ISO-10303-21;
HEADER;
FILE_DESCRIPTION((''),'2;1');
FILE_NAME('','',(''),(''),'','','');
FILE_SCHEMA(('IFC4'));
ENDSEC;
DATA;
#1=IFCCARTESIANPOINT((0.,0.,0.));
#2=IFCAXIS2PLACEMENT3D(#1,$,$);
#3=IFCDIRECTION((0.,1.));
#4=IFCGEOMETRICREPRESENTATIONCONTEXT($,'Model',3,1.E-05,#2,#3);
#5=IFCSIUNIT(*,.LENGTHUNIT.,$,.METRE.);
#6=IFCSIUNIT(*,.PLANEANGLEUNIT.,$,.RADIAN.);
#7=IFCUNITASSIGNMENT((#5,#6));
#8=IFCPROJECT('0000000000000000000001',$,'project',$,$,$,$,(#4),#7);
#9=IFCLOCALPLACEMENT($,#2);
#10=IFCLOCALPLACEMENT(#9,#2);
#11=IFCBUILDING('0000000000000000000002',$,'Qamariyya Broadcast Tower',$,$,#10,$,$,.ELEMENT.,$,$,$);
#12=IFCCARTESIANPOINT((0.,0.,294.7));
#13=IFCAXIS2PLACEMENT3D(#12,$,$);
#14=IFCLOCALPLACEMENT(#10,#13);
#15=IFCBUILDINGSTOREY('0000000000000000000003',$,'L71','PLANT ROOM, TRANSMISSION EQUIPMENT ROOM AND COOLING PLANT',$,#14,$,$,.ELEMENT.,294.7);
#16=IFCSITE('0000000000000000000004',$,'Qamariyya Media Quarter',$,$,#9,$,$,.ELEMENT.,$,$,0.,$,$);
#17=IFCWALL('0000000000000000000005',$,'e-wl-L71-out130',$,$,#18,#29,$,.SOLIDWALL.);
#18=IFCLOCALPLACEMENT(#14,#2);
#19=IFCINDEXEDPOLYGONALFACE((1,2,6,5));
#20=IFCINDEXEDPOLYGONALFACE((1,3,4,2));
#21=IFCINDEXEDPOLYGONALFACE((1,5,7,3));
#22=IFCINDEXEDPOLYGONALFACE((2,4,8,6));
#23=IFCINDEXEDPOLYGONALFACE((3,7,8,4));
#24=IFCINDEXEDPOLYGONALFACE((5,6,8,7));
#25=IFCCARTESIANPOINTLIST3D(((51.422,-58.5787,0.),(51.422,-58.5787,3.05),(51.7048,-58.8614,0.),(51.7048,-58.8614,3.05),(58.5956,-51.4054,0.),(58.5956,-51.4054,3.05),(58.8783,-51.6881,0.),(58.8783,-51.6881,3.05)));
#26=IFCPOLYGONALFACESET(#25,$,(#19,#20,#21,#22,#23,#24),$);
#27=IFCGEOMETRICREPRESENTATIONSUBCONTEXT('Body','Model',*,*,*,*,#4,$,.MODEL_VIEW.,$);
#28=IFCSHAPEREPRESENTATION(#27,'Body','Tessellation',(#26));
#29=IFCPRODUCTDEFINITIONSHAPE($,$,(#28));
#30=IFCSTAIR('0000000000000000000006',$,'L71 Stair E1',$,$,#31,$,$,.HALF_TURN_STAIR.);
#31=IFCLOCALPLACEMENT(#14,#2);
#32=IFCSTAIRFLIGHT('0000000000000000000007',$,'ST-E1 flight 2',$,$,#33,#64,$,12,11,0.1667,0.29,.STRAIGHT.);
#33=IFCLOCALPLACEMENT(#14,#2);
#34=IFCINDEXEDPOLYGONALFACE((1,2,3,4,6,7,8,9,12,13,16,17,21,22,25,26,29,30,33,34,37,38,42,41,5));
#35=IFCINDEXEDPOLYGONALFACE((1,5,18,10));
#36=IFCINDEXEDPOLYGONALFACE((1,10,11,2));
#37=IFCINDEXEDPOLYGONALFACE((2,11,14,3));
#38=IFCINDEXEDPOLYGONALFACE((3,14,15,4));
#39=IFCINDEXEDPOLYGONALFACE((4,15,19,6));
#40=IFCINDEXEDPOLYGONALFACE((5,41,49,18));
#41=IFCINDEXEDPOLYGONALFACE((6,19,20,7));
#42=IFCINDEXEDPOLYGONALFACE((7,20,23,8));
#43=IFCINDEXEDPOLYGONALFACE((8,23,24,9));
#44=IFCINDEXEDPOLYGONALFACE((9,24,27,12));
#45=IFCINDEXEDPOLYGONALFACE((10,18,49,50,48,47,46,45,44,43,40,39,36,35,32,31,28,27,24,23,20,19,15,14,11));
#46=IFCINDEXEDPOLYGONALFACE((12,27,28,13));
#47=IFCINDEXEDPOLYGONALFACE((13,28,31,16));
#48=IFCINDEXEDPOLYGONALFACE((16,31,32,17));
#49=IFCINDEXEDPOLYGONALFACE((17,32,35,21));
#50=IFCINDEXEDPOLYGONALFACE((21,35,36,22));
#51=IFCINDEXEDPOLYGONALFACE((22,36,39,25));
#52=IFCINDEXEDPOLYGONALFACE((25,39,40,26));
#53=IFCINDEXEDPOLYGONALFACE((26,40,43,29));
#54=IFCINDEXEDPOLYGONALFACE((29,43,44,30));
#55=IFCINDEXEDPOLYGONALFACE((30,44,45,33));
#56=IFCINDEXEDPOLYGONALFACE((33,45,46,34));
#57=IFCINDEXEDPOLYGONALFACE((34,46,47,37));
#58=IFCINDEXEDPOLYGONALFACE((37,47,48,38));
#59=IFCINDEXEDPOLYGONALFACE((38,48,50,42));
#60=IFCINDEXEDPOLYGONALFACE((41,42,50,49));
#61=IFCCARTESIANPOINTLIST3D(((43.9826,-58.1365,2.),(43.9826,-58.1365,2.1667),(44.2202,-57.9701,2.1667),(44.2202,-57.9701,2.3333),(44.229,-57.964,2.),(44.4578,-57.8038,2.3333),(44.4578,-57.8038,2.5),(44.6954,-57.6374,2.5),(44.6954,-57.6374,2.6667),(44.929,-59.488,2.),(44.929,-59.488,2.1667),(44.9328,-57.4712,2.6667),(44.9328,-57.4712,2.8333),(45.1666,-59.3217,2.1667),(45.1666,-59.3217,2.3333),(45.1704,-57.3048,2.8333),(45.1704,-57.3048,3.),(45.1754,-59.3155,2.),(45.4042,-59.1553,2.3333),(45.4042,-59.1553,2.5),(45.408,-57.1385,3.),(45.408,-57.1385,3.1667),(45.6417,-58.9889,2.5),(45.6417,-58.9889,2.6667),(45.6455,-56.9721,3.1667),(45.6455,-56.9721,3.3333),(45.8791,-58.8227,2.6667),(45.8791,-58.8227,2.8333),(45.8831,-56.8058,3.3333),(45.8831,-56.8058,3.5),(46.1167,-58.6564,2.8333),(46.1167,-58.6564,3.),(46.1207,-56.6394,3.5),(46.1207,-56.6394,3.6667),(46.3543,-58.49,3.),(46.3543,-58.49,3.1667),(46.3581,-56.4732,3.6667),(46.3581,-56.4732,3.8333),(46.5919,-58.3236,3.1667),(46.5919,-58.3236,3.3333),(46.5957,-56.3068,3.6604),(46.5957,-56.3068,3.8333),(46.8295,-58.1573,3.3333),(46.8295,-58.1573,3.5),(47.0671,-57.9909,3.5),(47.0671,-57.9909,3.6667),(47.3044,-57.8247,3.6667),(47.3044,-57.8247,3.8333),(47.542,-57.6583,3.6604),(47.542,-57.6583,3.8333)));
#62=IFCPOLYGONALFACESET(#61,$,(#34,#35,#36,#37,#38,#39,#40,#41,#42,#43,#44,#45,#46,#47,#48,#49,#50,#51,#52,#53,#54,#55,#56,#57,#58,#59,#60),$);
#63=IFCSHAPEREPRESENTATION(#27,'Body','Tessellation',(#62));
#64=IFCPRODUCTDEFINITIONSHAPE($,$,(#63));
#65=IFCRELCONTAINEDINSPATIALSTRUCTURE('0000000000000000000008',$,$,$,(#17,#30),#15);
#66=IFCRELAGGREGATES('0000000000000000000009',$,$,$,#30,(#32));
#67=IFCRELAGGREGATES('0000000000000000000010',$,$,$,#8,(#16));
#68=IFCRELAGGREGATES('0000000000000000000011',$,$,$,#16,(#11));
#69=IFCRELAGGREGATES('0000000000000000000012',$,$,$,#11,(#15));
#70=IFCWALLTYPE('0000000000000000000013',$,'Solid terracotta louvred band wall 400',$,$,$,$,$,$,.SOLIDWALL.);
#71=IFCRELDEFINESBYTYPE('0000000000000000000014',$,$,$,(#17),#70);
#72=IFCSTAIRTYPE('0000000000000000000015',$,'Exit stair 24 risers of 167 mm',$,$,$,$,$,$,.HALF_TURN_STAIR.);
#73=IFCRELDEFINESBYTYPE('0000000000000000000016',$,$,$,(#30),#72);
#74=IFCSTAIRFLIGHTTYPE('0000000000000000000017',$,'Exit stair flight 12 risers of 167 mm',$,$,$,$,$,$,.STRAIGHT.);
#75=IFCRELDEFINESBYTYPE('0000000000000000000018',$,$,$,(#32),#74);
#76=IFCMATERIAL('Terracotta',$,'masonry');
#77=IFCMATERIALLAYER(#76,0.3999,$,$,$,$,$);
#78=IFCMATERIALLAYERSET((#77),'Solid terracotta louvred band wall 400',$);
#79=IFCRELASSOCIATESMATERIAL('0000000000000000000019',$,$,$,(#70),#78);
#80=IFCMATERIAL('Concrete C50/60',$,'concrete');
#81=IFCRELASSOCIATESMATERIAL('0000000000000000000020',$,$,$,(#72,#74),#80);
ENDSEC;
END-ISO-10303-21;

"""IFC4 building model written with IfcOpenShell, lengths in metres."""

from ifc_helpers import new_model, si_unit, direction, frame, frame_2d, origin, place, context, subcontext, project, spatial, polyline, rectangle, outline, extrude, material, layer, layer_set, type_object, element, aggregate, save


model = new_model("IFC4")

# Units and contexts
model_context = context("Model", 3, precision=1e-05, world=origin(), true_north=direction((0.0, 1.0)))
body_context = subcontext(model_context, "Body", "Model", "MODEL_VIEW")
ifc_project = project(units=[si_unit("LENGTHUNIT", "METRE"), si_unit("PLANEANGLEUNIT", "RADIAN")], contexts=[model_context])

# Site, building, storey
site_placement = place(None, origin())
site = spatial("IfcSite", under=ifc_project, at=site_placement, Name="Qamariyya Media Quarter", CompositionType="ELEMENT", RefElevation=0.0)
building_placement = place(site_placement, origin())
building = spatial("IfcBuilding", under=site, at=building_placement, Name="Qamariyya Broadcast Tower", CompositionType="ELEMENT")
storey_placement = place(building_placement, frame((0.0, 0.0, 294.7)))
storey = spatial("IfcBuildingStorey", under=building, at=storey_placement, Name="L71", Description="PLANT ROOM, TRANSMISSION EQUIPMENT ROOM AND COOLING PLANT", CompositionType="ELEMENT", Elevation=294.7)

# Shared definitions
ifc_material_1 = material(Name="Concrete C50/60", Category="concrete")

# Wall
ifc_material_2 = material(Name="Terracotta", Category="masonry")
ifc_layer_1 = layer(ifc_material_2, 0.3999)
ifc_layer_set_1 = layer_set([ifc_layer_1], Name="Solid terracotta louvred band wall 400")
wall_type_1 = type_object("IfcWallType", Name="Solid terracotta louvred band wall 400", PredefinedType="SOLIDWALL", material=ifc_layer_set_1)
wall_1_placement = place(storey_placement, frame((51.5635, -58.72, 0.0), z_axis=(0.0, 0.0, 1.0), x_axis=(0.707119, 0.707095, 0.0)))
element("IfcWall", 1, at=wall_1_placement, inside=storey, type_object=wall_type_1, Name="e-wl-L71-out130", PredefinedType="SOLIDWALL", context=body_context, shape_type="SweptSolid", body=[
    extrude(rectangle(XDim=10.1448, YDim=0.3999, at=frame_2d((5.0723, 0.0))), origin(), (0.0, 0.0, 1.0), 3.05),
])

# Stair, stair flight
stair_type = type_object("IfcStairType", Name="Exit stair 24 risers of 167 mm", PredefinedType="HALF_TURN_STAIR", material=ifc_material_1)
stair_placement = place(storey_placement, origin())
stair = element("IfcStair", 2, at=stair_placement, inside=storey, type_object=stair_type, Name="L71 Stair E1", PredefinedType="HALF_TURN_STAIR")
stair_flight_type = type_object("IfcStairFlightType", Name="Exit stair flight 12 risers of 167 mm", PredefinedType="STRAIGHT", material=ifc_material_1)
stair_flight_placement = place(storey_placement, frame((44.4558, -58.8123, 2.0), z_axis=(0.0, 0.0, 1.0), x_axis=(0.819152, 0.573576, 0.0)))
stair_flight = element("IfcStairFlight", 3, at=stair_flight_placement, type_object=stair_flight_type, Name="ST-E1 flight 2", NumberOfRisers=12, NumberOfTreads=11, PredefinedType="STRAIGHT", RiserHeight=0.1667, TreadLength=0.29, context=body_context, shape_type="SweptSolid", body=[
    extrude(outline(polyline([(0.0, 0.0), (0.0, 0.1667), (0.29, 0.1667), (0.29, 0.3333), (0.5801, 0.3333), (0.5801, 0.5), (0.8701, 0.5), (0.8701, 0.6667), (1.1599, 0.6667), (1.1599, 0.8333), (1.45, 0.8333), (1.45, 1.0), (1.74, 1.0), (1.74, 1.1667), (2.03, 1.1667), (2.03, 1.3333), (2.3201, 1.3333), (2.3201, 1.5), (2.6101, 1.5), (2.6101, 1.6667), (2.8999, 1.6667), (2.8999, 1.8333), (3.1899, 1.8333), (3.1899, 2.0), (3.1899, 1.6604), (0.3008, 0.0), (0.0, 0.0)])), frame((0.0, 0.825, 0.0), z_axis=(0.0, -1.0, 0.0), x_axis=(1.0, 0.0, 0.0)), (0.0, 0.0, 1.0), 1.6499),
])
aggregate(stair, [stair_flight])

save(model, "model.ifc")
